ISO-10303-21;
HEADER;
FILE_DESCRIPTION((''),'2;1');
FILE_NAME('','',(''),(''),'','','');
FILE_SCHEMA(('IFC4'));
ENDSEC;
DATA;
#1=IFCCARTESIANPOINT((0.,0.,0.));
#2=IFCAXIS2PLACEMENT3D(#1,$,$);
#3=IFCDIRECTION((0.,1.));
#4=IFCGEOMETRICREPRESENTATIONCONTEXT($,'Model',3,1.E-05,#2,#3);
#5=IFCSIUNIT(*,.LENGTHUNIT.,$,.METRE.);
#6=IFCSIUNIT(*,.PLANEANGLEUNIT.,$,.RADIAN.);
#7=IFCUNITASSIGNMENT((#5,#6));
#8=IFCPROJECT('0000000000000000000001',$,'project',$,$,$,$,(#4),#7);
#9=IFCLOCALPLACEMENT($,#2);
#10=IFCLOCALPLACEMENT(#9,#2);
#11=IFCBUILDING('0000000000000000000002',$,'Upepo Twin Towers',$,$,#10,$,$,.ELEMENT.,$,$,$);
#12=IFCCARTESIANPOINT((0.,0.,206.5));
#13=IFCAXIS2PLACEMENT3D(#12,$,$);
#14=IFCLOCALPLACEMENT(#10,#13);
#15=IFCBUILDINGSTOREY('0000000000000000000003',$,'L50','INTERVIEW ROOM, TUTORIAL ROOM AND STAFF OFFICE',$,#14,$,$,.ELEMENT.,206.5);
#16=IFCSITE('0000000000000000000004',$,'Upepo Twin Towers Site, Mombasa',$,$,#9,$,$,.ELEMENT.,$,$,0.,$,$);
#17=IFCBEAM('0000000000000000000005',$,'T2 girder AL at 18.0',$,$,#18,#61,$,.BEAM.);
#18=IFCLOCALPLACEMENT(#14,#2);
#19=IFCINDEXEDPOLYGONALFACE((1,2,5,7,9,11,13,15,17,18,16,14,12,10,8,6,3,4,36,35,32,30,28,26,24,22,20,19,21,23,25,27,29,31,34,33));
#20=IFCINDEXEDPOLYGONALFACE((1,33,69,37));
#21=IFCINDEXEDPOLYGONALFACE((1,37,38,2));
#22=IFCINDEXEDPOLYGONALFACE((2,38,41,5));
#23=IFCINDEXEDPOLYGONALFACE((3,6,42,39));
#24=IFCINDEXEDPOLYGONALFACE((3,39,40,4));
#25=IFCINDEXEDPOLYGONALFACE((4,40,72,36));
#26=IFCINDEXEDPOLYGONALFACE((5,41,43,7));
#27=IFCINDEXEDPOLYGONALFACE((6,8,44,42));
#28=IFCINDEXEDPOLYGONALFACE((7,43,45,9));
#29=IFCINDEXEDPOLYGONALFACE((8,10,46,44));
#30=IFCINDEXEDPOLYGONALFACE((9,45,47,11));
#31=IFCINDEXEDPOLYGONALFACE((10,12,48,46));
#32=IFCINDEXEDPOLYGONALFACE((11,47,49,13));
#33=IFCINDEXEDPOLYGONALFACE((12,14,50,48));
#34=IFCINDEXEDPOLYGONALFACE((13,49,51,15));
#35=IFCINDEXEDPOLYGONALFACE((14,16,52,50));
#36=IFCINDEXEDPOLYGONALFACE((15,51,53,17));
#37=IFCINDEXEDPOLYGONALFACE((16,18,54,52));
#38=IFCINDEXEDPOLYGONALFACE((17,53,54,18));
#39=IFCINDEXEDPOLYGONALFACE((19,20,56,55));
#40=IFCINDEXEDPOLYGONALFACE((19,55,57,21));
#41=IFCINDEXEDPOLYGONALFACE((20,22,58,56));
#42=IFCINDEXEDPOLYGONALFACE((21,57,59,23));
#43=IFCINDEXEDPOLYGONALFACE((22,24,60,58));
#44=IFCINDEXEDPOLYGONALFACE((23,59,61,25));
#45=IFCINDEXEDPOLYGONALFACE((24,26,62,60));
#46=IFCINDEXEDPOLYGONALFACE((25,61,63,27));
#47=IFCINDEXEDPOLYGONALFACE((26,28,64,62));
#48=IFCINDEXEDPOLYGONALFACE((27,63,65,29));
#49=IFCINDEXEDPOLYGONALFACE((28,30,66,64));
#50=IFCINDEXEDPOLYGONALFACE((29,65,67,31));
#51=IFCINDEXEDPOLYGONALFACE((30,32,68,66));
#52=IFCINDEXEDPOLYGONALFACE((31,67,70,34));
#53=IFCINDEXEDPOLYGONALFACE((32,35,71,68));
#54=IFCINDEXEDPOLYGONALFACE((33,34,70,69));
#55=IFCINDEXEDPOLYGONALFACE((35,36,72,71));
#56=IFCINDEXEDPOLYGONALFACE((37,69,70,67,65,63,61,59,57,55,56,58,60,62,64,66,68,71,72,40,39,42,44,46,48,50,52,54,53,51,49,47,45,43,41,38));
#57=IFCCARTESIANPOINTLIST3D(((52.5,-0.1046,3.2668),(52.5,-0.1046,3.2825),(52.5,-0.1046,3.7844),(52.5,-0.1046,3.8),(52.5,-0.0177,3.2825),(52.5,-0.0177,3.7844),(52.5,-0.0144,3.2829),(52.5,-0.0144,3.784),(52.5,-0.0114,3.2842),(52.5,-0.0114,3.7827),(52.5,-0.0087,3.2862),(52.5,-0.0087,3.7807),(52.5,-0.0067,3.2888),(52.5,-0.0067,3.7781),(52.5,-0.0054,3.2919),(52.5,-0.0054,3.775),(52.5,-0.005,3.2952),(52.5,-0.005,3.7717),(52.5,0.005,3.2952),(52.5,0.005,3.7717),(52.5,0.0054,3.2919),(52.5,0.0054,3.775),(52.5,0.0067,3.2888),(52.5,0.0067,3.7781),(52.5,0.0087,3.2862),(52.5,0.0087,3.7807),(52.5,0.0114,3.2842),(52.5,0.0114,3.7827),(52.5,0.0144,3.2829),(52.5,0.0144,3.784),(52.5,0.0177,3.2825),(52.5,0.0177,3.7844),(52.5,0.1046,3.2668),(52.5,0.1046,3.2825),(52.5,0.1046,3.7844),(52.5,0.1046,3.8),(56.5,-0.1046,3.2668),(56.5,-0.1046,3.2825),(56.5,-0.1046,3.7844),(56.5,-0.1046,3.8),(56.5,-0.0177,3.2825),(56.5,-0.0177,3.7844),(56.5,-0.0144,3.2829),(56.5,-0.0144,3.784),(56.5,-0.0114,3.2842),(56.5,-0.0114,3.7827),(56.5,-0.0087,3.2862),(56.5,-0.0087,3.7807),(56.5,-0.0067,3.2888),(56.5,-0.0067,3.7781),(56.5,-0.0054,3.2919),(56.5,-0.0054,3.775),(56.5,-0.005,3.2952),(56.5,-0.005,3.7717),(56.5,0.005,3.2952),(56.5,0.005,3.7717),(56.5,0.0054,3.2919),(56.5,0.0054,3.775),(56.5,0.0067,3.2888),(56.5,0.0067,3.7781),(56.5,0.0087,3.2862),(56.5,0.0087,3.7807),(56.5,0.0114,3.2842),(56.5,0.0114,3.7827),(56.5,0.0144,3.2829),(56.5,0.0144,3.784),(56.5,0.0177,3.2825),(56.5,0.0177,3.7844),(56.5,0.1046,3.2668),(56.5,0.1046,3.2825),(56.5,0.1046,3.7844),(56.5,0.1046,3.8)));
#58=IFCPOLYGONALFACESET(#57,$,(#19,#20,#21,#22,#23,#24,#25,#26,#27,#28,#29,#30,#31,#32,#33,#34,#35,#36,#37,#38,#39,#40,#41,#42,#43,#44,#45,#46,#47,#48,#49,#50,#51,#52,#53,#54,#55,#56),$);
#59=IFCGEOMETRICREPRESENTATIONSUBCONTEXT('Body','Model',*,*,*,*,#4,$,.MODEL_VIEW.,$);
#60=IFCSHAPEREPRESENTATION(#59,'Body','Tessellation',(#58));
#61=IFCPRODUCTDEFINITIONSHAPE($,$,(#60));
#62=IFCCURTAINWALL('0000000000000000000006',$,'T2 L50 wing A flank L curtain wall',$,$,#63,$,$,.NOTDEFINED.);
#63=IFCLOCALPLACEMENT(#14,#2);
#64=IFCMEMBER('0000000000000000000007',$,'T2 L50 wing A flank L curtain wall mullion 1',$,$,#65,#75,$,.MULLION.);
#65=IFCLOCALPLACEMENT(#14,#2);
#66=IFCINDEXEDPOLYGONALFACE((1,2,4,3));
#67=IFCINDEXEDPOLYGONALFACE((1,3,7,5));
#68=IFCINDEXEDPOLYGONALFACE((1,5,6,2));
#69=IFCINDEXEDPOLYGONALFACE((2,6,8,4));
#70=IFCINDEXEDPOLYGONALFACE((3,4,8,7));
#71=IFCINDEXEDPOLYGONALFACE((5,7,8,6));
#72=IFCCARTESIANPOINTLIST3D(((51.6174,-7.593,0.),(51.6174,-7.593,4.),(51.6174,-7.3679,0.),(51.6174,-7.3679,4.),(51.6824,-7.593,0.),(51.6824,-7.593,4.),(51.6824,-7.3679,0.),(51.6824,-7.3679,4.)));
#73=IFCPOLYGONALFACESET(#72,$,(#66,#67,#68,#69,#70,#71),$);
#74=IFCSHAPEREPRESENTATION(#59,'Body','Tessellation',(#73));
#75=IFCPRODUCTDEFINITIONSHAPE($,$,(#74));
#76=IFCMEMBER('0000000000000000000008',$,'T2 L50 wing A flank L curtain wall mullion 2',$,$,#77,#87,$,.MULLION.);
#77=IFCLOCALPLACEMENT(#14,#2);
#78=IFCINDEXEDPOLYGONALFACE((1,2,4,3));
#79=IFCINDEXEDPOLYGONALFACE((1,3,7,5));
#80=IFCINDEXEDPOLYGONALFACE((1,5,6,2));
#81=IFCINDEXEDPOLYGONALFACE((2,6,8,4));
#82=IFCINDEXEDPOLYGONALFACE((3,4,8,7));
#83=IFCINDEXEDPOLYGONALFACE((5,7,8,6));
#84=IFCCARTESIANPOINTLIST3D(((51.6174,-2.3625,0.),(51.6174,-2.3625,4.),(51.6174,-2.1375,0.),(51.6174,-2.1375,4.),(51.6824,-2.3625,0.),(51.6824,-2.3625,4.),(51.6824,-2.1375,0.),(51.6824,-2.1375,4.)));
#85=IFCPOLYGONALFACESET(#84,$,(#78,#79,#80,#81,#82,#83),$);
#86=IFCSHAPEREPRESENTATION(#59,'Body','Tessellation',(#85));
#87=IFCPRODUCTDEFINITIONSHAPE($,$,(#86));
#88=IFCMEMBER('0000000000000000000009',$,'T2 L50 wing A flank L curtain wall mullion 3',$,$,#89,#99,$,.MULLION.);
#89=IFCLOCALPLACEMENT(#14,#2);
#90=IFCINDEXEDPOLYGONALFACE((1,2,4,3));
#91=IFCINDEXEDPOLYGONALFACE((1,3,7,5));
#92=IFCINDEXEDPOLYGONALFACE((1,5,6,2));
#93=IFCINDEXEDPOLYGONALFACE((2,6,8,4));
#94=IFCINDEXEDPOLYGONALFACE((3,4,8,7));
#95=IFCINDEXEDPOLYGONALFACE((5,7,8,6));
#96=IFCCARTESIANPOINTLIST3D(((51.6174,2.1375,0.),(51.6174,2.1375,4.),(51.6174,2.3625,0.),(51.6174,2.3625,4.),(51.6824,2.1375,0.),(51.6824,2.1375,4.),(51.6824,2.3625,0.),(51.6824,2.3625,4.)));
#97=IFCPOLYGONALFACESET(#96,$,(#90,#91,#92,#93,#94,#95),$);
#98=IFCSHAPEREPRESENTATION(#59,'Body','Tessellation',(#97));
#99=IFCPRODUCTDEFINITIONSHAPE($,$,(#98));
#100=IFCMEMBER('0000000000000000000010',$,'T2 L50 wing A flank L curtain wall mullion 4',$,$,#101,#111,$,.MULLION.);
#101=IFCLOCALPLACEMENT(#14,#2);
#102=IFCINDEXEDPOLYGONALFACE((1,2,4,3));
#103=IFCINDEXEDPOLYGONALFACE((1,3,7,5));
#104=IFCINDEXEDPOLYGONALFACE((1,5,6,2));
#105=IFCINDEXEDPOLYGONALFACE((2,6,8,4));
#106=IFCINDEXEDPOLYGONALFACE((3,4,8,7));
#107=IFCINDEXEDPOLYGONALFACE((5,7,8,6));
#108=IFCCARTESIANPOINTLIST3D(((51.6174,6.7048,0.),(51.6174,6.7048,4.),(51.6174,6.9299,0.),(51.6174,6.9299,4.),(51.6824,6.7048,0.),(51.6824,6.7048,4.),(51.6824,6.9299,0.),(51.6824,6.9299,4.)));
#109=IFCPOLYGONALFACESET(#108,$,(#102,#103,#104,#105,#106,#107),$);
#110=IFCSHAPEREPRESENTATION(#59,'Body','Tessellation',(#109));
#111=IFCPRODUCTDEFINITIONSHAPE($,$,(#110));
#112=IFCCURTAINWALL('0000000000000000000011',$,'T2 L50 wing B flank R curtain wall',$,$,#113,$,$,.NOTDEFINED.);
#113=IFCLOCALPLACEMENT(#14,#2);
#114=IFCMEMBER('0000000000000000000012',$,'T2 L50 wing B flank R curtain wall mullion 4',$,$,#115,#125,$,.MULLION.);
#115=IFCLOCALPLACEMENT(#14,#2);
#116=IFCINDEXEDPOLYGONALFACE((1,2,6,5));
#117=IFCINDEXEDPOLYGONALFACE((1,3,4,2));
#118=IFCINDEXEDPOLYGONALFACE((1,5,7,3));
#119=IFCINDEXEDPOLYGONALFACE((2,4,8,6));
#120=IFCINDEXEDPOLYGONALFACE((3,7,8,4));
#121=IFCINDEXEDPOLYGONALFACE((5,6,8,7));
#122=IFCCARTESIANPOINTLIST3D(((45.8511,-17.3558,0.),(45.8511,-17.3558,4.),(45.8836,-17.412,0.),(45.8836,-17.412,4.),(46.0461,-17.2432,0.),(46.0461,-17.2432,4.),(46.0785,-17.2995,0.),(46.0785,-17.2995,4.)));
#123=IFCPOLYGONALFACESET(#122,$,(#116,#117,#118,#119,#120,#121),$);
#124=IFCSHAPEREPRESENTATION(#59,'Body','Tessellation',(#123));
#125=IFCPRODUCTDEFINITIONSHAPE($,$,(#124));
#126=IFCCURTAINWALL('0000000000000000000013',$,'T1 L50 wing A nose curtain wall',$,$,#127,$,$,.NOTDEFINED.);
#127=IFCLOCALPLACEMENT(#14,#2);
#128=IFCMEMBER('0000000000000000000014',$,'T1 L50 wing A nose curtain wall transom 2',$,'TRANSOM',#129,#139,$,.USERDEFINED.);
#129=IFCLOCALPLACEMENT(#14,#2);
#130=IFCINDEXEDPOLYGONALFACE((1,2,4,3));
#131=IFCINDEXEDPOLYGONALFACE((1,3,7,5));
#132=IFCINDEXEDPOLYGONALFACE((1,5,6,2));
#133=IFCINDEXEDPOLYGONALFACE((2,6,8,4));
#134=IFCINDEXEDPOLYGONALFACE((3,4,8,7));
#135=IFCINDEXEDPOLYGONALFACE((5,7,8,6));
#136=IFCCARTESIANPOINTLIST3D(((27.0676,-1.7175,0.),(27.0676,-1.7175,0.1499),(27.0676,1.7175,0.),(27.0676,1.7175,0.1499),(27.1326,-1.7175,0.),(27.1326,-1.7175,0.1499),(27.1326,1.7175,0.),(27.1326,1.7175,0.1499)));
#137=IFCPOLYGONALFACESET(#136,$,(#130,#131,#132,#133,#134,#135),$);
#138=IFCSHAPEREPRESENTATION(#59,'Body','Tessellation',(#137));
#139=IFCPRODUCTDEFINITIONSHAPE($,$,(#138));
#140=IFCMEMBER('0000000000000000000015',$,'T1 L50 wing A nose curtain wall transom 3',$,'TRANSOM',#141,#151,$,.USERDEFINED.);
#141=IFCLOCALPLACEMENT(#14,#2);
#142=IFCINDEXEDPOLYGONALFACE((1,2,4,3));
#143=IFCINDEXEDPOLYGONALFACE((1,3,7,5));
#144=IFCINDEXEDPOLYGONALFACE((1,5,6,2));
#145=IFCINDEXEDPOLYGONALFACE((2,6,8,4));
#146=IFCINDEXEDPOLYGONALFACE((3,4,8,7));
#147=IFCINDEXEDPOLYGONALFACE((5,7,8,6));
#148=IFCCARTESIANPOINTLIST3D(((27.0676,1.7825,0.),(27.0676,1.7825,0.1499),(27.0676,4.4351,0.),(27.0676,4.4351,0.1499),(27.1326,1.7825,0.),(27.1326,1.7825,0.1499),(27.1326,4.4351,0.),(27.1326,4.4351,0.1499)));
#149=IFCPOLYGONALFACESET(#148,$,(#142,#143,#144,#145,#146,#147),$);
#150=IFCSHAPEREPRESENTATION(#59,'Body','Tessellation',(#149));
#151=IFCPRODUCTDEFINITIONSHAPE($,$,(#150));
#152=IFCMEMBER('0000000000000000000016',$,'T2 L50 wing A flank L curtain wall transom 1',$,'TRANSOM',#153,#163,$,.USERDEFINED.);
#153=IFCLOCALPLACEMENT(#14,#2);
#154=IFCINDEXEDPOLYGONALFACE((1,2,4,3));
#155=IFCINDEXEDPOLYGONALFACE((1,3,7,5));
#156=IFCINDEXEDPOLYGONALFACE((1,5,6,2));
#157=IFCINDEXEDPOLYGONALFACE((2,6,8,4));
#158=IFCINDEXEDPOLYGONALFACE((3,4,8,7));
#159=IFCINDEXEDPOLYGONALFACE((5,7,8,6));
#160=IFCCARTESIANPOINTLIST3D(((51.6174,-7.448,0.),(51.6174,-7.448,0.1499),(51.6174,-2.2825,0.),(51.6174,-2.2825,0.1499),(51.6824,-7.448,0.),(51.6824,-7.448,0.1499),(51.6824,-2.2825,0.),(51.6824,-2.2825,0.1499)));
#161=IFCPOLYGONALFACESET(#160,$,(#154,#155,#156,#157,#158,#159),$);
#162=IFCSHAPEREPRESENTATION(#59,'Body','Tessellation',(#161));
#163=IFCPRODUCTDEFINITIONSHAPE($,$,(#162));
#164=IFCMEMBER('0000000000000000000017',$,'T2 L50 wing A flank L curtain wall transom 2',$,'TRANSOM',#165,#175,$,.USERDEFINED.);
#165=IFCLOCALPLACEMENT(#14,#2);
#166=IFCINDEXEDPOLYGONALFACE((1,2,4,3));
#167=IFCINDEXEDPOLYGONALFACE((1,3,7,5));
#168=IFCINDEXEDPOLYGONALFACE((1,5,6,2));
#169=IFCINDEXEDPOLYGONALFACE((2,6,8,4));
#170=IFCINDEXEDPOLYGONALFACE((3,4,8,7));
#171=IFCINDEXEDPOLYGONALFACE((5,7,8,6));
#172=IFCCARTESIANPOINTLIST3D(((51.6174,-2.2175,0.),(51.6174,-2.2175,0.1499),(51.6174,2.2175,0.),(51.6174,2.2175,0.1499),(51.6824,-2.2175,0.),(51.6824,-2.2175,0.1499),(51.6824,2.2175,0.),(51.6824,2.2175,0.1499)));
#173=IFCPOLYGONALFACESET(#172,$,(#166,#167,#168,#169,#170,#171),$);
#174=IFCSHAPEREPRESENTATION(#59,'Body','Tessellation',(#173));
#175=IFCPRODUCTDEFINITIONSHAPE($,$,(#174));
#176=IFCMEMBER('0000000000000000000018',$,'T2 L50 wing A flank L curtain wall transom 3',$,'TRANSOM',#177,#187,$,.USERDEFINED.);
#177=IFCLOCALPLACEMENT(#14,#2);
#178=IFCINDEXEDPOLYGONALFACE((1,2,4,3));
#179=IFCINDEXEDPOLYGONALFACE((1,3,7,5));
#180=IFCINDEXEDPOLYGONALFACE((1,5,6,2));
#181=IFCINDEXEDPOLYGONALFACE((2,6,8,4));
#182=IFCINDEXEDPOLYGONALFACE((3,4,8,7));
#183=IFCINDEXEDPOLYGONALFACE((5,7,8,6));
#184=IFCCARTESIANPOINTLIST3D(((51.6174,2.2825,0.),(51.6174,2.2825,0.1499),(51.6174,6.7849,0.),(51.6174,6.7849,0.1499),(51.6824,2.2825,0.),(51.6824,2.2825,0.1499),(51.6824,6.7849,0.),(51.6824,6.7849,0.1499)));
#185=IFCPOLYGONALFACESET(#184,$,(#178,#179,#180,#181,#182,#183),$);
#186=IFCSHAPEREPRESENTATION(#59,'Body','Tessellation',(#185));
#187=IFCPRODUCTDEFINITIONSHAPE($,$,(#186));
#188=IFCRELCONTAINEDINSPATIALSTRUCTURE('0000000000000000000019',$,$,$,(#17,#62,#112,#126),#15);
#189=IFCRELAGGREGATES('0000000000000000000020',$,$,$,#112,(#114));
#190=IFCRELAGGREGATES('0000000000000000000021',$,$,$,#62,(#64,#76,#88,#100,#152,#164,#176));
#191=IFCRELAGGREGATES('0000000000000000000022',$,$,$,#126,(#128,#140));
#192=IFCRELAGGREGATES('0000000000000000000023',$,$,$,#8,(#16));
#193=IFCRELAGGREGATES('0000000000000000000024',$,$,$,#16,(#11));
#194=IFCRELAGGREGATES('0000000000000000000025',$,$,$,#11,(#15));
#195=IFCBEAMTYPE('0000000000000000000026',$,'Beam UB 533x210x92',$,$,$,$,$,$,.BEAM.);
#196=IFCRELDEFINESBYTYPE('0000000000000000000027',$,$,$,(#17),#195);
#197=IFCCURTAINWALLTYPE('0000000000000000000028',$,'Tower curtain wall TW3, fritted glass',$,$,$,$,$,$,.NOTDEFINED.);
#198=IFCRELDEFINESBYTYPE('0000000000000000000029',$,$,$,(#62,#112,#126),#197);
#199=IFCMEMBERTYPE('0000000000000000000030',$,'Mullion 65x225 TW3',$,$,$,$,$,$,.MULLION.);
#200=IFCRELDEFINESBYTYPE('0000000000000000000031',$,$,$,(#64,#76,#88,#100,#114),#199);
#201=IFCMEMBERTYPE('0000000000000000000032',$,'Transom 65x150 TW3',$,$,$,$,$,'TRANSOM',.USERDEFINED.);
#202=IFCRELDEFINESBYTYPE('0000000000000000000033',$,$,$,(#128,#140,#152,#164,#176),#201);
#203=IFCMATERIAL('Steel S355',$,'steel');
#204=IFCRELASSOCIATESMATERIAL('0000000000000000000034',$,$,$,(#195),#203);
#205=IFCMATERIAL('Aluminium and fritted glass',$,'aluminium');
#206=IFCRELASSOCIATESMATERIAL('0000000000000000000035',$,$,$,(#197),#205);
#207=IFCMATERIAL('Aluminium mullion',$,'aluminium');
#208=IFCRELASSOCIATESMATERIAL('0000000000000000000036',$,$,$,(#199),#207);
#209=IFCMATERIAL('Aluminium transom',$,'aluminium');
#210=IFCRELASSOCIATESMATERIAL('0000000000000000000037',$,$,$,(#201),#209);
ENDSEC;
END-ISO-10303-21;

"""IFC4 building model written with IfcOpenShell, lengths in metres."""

from ifc_helpers import new_model, si_unit, direction, frame, origin, origin_2d, place, context, subcontext, project, spatial, rectangle, i_section, extrude, material, material_profile, profile_set, type_object, element, aggregate, save


model = new_model("IFC4")

# Units and contexts
model_context = context("Model", 3, precision=1e-05, world=origin(), true_north=direction((0.0, 1.0)))
body_context = subcontext(model_context, "Body", "Model", "MODEL_VIEW")
ifc_project = project(units=[si_unit("LENGTHUNIT", "METRE"), si_unit("PLANEANGLEUNIT", "RADIAN")], contexts=[model_context])

# Site, building, storey
site_placement = place(None, origin())
site = spatial("IfcSite", under=ifc_project, at=site_placement, Name="Upepo Twin Towers Site, Mombasa", CompositionType="ELEMENT", RefElevation=0.0)
building_placement = place(site_placement, origin())
building = spatial("IfcBuilding", under=site, at=building_placement, Name="Upepo Twin Towers", CompositionType="ELEMENT")
storey_placement = place(building_placement, frame((0.0, 0.0, 206.5)))
storey = spatial("IfcBuildingStorey", under=building, at=storey_placement, Name="L50", Description="INTERVIEW ROOM, TUTORIAL ROOM AND STAFF OFFICE", CompositionType="ELEMENT", Elevation=206.5)

# Beam
ifc_material_1 = material(Name="Steel S355", Category="steel")
ifc_material_profile_1 = material_profile(ifc_material_1, i_section(OverallWidth=0.2092, OverallDepth=0.5332, WebThickness=0.01, FlangeThickness=0.0156, FilletRadius=0.0127, at=origin_2d()), Name="UB 533x210x92")
ifc_profile_set_1 = profile_set([ifc_material_profile_1], Name="Steel S355")
beam_type_1 = type_object("IfcBeamType", Name="Beam UB 533x210x92", PredefinedType="BEAM", material=ifc_profile_set_1)
for number, where, z_axis, x_axis, name in (
    (1, (52.5, 0.0, 3.5334), (1.0, 0.0, 0.0), (0.0, 1.0, 0.0), "T2 girder AL at 18.0"),
):
    element("IfcBeam", number, at=place(storey_placement, frame(where, z_axis=z_axis, x_axis=x_axis)), inside=storey, type_object=beam_type_1, Name=name, PredefinedType="BEAM", context=body_context, shape_type="SweptSolid", body=[
        extrude(i_section(OverallWidth=0.2092, OverallDepth=0.5332, WebThickness=0.01, FlangeThickness=0.0156, FilletRadius=0.0127, at=origin_2d()), origin(), (0.0, 0.0, 1.0), 4.0),
    ])

# Curtain wall, members
ifc_material_2 = material(Name="Aluminium and fritted glass", Category="aluminium")
curtain_wall_type = type_object("IfcCurtainWallType", Name="Tower curtain wall TW3, fritted glass", PredefinedType="NOTDEFINED", material=ifc_material_2)
curtain_wall_1_placement = place(storey_placement, origin())
curtain_wall_1 = element("IfcCurtainWall", 2, at=curtain_wall_1_placement, inside=storey, type_object=curtain_wall_type, Name="T2 L50 wing A flank L curtain wall", PredefinedType="NOTDEFINED")
ifc_material_3 = material(Name="Aluminium mullion", Category="aluminium")
ifc_material_profile_2 = material_profile(ifc_material_3, rectangle(XDim=0.0649, YDim=0.2251, at=origin_2d()), Name="MULLION 65x225")
ifc_profile_set_2 = profile_set([ifc_material_profile_2], Name="Aluminium mullion")
member_type_1 = type_object("IfcMemberType", Name="Mullion 65x225 TW3", PredefinedType="MULLION", material=ifc_profile_set_2)
member_1_placement = place(storey_placement, frame((51.6499, -7.4805, 0.0), z_axis=(0.0, 0.0, 1.0), x_axis=(-1.0, 0.0, 0.0)))
member_1 = element("IfcMember", 3, at=member_1_placement, type_object=member_type_1, Name="T2 L50 wing A flank L curtain wall mullion 1", PredefinedType="MULLION", context=body_context, shape_type="SweptSolid", body=[
    extrude(rectangle(XDim=0.0649, YDim=0.2251, at=origin_2d()), origin(), (0.0, 0.0, 1.0), 4.0),
])
member_2_placement = place(storey_placement, frame((51.6499, -2.25, 0.0), z_axis=(0.0, 0.0, 1.0), x_axis=(-1.0, 0.0, 0.0)))
member_2 = element("IfcMember", 4, at=member_2_placement, type_object=member_type_1, Name="T2 L50 wing A flank L curtain wall mullion 2", PredefinedType="MULLION", context=body_context, shape_type="SweptSolid", body=[
    extrude(rectangle(XDim=0.0649, YDim=0.2251, at=origin_2d()), origin(), (0.0, 0.0, 1.0), 4.0),
])
member_3_placement = place(storey_placement, frame((51.6499, 2.25, 0.0), z_axis=(0.0, 0.0, 1.0), x_axis=(-1.0, 0.0, 0.0)))
member_3 = element("IfcMember", 5, at=member_3_placement, type_object=member_type_1, Name="T2 L50 wing A flank L curtain wall mullion 3", PredefinedType="MULLION", context=body_context, shape_type="SweptSolid", body=[
    extrude(rectangle(XDim=0.0649, YDim=0.2251, at=origin_2d()), origin(), (0.0, 0.0, 1.0), 4.0),
])
member_4_placement = place(storey_placement, frame((51.6499, 6.8174, 0.0), z_axis=(0.0, 0.0, 1.0), x_axis=(-1.0, 0.0, 0.0)))
member_4 = element("IfcMember", 6, at=member_4_placement, type_object=member_type_1, Name="T2 L50 wing A flank L curtain wall mullion 4", PredefinedType="MULLION", context=body_context, shape_type="SweptSolid", body=[
    extrude(rectangle(XDim=0.0649, YDim=0.2251, at=origin_2d()), origin(), (0.0, 0.0, 1.0), 4.0),
])

# Curtain wall, member
curtain_wall_2_placement = place(storey_placement, origin())
curtain_wall_2 = element("IfcCurtainWall", 7, at=curtain_wall_2_placement, inside=storey, type_object=curtain_wall_type, Name="T2 L50 wing B flank R curtain wall", PredefinedType="NOTDEFINED")
member_5_placement = place(storey_placement, frame((45.9648, -17.3276, 0.0), z_axis=(0.0, 0.0, 1.0), x_axis=(-0.5, 0.866025, 0.0)))
member_5 = element("IfcMember", 8, at=member_5_placement, type_object=member_type_1, Name="T2 L50 wing B flank R curtain wall mullion 4", PredefinedType="MULLION", context=body_context, shape_type="SweptSolid", body=[
    extrude(rectangle(XDim=0.0649, YDim=0.2251, at=origin_2d()), origin(), (0.0, 0.0, 1.0), 4.0),
])
aggregate(curtain_wall_2, [member_5])

# Curtain wall, members
curtain_wall_3_placement = place(storey_placement, origin())
curtain_wall_3 = element("IfcCurtainWall", 9, at=curtain_wall_3_placement, inside=storey, type_object=curtain_wall_type, Name="T1 L50 wing A nose curtain wall", PredefinedType="NOTDEFINED")
ifc_material_4 = material(Name="Aluminium transom", Category="aluminium")
ifc_material_profile_3 = material_profile(ifc_material_4, rectangle(XDim=0.0649, YDim=0.1499, at=origin_2d()), Name="TRANSOM 65x150")
ifc_profile_set_3 = profile_set([ifc_material_profile_3], Name="Aluminium transom")
member_type_2 = type_object("IfcMemberType", Name="Transom 65x150 TW3", ElementType="TRANSOM", PredefinedType="USERDEFINED", material=ifc_profile_set_3)
member_6_placement = place(storey_placement, frame((27.1001, -1.7175, 0.075), z_axis=(0.0, 1.0, 0.0), x_axis=(-1.0, 0.0, 0.0)))
member_6 = element("IfcMember", 10, at=member_6_placement, type_object=member_type_2, Name="T1 L50 wing A nose curtain wall transom 2", ObjectType="TRANSOM", PredefinedType="USERDEFINED", context=body_context, shape_type="SweptSolid", body=[
    extrude(rectangle(XDim=0.0649, YDim=0.1499, at=origin_2d()), origin(), (0.0, 0.0, 1.0), 3.4351),
])
member_7_placement = place(storey_placement, frame((27.1001, 1.7825, 0.075), z_axis=(0.0, 1.0, 0.0), x_axis=(-1.0, 0.0, 0.0)))
member_7 = element("IfcMember", 11, at=member_7_placement, type_object=member_type_2, Name="T1 L50 wing A nose curtain wall transom 3", ObjectType="TRANSOM", PredefinedType="USERDEFINED", context=body_context, shape_type="SweptSolid", body=[
    extrude(rectangle(XDim=0.0649, YDim=0.1499, at=origin_2d()), origin(), (0.0, 0.0, 1.0), 2.6526),
])

# Members
member_8_placement = place(storey_placement, frame((51.6499, -7.448, 0.075), z_axis=(0.0, 1.0, 0.0), x_axis=(-1.0, 0.0, 0.0)))
member_8 = element("IfcMember", 12, at=member_8_placement, type_object=member_type_2, Name="T2 L50 wing A flank L curtain wall transom 1", ObjectType="TRANSOM", PredefinedType="USERDEFINED", context=body_context, shape_type="SweptSolid", body=[
    extrude(rectangle(XDim=0.0649, YDim=0.1499, at=origin_2d()), origin(), (0.0, 0.0, 1.0), 5.1655),
])
member_9_placement = place(storey_placement, frame((51.6499, -2.2175, 0.075), z_axis=(0.0, 1.0, 0.0), x_axis=(-1.0, 0.0, 0.0)))
member_9 = element("IfcMember", 13, at=member_9_placement, type_object=member_type_2, Name="T2 L50 wing A flank L curtain wall transom 2", ObjectType="TRANSOM", PredefinedType="USERDEFINED", context=body_context, shape_type="SweptSolid", body=[
    extrude(rectangle(XDim=0.0649, YDim=0.1499, at=origin_2d()), origin(), (0.0, 0.0, 1.0), 4.4351),
])
member_10_placement = place(storey_placement, frame((51.6499, 2.2825, 0.075), z_axis=(0.0, 1.0, 0.0), x_axis=(-1.0, 0.0, 0.0)))
member_10 = element("IfcMember", 14, at=member_10_placement, type_object=member_type_2, Name="T2 L50 wing A flank L curtain wall transom 3", ObjectType="TRANSOM", PredefinedType="USERDEFINED", context=body_context, shape_type="SweptSolid", body=[
    extrude(rectangle(XDim=0.0649, YDim=0.1499, at=origin_2d()), origin(), (0.0, 0.0, 1.0), 4.5024),
])

aggregate(curtain_wall_1, [member_1, member_2, member_3, member_4, member_8, member_9, member_10])
aggregate(curtain_wall_3, [member_6, member_7])

save(model, "model.ifc")
